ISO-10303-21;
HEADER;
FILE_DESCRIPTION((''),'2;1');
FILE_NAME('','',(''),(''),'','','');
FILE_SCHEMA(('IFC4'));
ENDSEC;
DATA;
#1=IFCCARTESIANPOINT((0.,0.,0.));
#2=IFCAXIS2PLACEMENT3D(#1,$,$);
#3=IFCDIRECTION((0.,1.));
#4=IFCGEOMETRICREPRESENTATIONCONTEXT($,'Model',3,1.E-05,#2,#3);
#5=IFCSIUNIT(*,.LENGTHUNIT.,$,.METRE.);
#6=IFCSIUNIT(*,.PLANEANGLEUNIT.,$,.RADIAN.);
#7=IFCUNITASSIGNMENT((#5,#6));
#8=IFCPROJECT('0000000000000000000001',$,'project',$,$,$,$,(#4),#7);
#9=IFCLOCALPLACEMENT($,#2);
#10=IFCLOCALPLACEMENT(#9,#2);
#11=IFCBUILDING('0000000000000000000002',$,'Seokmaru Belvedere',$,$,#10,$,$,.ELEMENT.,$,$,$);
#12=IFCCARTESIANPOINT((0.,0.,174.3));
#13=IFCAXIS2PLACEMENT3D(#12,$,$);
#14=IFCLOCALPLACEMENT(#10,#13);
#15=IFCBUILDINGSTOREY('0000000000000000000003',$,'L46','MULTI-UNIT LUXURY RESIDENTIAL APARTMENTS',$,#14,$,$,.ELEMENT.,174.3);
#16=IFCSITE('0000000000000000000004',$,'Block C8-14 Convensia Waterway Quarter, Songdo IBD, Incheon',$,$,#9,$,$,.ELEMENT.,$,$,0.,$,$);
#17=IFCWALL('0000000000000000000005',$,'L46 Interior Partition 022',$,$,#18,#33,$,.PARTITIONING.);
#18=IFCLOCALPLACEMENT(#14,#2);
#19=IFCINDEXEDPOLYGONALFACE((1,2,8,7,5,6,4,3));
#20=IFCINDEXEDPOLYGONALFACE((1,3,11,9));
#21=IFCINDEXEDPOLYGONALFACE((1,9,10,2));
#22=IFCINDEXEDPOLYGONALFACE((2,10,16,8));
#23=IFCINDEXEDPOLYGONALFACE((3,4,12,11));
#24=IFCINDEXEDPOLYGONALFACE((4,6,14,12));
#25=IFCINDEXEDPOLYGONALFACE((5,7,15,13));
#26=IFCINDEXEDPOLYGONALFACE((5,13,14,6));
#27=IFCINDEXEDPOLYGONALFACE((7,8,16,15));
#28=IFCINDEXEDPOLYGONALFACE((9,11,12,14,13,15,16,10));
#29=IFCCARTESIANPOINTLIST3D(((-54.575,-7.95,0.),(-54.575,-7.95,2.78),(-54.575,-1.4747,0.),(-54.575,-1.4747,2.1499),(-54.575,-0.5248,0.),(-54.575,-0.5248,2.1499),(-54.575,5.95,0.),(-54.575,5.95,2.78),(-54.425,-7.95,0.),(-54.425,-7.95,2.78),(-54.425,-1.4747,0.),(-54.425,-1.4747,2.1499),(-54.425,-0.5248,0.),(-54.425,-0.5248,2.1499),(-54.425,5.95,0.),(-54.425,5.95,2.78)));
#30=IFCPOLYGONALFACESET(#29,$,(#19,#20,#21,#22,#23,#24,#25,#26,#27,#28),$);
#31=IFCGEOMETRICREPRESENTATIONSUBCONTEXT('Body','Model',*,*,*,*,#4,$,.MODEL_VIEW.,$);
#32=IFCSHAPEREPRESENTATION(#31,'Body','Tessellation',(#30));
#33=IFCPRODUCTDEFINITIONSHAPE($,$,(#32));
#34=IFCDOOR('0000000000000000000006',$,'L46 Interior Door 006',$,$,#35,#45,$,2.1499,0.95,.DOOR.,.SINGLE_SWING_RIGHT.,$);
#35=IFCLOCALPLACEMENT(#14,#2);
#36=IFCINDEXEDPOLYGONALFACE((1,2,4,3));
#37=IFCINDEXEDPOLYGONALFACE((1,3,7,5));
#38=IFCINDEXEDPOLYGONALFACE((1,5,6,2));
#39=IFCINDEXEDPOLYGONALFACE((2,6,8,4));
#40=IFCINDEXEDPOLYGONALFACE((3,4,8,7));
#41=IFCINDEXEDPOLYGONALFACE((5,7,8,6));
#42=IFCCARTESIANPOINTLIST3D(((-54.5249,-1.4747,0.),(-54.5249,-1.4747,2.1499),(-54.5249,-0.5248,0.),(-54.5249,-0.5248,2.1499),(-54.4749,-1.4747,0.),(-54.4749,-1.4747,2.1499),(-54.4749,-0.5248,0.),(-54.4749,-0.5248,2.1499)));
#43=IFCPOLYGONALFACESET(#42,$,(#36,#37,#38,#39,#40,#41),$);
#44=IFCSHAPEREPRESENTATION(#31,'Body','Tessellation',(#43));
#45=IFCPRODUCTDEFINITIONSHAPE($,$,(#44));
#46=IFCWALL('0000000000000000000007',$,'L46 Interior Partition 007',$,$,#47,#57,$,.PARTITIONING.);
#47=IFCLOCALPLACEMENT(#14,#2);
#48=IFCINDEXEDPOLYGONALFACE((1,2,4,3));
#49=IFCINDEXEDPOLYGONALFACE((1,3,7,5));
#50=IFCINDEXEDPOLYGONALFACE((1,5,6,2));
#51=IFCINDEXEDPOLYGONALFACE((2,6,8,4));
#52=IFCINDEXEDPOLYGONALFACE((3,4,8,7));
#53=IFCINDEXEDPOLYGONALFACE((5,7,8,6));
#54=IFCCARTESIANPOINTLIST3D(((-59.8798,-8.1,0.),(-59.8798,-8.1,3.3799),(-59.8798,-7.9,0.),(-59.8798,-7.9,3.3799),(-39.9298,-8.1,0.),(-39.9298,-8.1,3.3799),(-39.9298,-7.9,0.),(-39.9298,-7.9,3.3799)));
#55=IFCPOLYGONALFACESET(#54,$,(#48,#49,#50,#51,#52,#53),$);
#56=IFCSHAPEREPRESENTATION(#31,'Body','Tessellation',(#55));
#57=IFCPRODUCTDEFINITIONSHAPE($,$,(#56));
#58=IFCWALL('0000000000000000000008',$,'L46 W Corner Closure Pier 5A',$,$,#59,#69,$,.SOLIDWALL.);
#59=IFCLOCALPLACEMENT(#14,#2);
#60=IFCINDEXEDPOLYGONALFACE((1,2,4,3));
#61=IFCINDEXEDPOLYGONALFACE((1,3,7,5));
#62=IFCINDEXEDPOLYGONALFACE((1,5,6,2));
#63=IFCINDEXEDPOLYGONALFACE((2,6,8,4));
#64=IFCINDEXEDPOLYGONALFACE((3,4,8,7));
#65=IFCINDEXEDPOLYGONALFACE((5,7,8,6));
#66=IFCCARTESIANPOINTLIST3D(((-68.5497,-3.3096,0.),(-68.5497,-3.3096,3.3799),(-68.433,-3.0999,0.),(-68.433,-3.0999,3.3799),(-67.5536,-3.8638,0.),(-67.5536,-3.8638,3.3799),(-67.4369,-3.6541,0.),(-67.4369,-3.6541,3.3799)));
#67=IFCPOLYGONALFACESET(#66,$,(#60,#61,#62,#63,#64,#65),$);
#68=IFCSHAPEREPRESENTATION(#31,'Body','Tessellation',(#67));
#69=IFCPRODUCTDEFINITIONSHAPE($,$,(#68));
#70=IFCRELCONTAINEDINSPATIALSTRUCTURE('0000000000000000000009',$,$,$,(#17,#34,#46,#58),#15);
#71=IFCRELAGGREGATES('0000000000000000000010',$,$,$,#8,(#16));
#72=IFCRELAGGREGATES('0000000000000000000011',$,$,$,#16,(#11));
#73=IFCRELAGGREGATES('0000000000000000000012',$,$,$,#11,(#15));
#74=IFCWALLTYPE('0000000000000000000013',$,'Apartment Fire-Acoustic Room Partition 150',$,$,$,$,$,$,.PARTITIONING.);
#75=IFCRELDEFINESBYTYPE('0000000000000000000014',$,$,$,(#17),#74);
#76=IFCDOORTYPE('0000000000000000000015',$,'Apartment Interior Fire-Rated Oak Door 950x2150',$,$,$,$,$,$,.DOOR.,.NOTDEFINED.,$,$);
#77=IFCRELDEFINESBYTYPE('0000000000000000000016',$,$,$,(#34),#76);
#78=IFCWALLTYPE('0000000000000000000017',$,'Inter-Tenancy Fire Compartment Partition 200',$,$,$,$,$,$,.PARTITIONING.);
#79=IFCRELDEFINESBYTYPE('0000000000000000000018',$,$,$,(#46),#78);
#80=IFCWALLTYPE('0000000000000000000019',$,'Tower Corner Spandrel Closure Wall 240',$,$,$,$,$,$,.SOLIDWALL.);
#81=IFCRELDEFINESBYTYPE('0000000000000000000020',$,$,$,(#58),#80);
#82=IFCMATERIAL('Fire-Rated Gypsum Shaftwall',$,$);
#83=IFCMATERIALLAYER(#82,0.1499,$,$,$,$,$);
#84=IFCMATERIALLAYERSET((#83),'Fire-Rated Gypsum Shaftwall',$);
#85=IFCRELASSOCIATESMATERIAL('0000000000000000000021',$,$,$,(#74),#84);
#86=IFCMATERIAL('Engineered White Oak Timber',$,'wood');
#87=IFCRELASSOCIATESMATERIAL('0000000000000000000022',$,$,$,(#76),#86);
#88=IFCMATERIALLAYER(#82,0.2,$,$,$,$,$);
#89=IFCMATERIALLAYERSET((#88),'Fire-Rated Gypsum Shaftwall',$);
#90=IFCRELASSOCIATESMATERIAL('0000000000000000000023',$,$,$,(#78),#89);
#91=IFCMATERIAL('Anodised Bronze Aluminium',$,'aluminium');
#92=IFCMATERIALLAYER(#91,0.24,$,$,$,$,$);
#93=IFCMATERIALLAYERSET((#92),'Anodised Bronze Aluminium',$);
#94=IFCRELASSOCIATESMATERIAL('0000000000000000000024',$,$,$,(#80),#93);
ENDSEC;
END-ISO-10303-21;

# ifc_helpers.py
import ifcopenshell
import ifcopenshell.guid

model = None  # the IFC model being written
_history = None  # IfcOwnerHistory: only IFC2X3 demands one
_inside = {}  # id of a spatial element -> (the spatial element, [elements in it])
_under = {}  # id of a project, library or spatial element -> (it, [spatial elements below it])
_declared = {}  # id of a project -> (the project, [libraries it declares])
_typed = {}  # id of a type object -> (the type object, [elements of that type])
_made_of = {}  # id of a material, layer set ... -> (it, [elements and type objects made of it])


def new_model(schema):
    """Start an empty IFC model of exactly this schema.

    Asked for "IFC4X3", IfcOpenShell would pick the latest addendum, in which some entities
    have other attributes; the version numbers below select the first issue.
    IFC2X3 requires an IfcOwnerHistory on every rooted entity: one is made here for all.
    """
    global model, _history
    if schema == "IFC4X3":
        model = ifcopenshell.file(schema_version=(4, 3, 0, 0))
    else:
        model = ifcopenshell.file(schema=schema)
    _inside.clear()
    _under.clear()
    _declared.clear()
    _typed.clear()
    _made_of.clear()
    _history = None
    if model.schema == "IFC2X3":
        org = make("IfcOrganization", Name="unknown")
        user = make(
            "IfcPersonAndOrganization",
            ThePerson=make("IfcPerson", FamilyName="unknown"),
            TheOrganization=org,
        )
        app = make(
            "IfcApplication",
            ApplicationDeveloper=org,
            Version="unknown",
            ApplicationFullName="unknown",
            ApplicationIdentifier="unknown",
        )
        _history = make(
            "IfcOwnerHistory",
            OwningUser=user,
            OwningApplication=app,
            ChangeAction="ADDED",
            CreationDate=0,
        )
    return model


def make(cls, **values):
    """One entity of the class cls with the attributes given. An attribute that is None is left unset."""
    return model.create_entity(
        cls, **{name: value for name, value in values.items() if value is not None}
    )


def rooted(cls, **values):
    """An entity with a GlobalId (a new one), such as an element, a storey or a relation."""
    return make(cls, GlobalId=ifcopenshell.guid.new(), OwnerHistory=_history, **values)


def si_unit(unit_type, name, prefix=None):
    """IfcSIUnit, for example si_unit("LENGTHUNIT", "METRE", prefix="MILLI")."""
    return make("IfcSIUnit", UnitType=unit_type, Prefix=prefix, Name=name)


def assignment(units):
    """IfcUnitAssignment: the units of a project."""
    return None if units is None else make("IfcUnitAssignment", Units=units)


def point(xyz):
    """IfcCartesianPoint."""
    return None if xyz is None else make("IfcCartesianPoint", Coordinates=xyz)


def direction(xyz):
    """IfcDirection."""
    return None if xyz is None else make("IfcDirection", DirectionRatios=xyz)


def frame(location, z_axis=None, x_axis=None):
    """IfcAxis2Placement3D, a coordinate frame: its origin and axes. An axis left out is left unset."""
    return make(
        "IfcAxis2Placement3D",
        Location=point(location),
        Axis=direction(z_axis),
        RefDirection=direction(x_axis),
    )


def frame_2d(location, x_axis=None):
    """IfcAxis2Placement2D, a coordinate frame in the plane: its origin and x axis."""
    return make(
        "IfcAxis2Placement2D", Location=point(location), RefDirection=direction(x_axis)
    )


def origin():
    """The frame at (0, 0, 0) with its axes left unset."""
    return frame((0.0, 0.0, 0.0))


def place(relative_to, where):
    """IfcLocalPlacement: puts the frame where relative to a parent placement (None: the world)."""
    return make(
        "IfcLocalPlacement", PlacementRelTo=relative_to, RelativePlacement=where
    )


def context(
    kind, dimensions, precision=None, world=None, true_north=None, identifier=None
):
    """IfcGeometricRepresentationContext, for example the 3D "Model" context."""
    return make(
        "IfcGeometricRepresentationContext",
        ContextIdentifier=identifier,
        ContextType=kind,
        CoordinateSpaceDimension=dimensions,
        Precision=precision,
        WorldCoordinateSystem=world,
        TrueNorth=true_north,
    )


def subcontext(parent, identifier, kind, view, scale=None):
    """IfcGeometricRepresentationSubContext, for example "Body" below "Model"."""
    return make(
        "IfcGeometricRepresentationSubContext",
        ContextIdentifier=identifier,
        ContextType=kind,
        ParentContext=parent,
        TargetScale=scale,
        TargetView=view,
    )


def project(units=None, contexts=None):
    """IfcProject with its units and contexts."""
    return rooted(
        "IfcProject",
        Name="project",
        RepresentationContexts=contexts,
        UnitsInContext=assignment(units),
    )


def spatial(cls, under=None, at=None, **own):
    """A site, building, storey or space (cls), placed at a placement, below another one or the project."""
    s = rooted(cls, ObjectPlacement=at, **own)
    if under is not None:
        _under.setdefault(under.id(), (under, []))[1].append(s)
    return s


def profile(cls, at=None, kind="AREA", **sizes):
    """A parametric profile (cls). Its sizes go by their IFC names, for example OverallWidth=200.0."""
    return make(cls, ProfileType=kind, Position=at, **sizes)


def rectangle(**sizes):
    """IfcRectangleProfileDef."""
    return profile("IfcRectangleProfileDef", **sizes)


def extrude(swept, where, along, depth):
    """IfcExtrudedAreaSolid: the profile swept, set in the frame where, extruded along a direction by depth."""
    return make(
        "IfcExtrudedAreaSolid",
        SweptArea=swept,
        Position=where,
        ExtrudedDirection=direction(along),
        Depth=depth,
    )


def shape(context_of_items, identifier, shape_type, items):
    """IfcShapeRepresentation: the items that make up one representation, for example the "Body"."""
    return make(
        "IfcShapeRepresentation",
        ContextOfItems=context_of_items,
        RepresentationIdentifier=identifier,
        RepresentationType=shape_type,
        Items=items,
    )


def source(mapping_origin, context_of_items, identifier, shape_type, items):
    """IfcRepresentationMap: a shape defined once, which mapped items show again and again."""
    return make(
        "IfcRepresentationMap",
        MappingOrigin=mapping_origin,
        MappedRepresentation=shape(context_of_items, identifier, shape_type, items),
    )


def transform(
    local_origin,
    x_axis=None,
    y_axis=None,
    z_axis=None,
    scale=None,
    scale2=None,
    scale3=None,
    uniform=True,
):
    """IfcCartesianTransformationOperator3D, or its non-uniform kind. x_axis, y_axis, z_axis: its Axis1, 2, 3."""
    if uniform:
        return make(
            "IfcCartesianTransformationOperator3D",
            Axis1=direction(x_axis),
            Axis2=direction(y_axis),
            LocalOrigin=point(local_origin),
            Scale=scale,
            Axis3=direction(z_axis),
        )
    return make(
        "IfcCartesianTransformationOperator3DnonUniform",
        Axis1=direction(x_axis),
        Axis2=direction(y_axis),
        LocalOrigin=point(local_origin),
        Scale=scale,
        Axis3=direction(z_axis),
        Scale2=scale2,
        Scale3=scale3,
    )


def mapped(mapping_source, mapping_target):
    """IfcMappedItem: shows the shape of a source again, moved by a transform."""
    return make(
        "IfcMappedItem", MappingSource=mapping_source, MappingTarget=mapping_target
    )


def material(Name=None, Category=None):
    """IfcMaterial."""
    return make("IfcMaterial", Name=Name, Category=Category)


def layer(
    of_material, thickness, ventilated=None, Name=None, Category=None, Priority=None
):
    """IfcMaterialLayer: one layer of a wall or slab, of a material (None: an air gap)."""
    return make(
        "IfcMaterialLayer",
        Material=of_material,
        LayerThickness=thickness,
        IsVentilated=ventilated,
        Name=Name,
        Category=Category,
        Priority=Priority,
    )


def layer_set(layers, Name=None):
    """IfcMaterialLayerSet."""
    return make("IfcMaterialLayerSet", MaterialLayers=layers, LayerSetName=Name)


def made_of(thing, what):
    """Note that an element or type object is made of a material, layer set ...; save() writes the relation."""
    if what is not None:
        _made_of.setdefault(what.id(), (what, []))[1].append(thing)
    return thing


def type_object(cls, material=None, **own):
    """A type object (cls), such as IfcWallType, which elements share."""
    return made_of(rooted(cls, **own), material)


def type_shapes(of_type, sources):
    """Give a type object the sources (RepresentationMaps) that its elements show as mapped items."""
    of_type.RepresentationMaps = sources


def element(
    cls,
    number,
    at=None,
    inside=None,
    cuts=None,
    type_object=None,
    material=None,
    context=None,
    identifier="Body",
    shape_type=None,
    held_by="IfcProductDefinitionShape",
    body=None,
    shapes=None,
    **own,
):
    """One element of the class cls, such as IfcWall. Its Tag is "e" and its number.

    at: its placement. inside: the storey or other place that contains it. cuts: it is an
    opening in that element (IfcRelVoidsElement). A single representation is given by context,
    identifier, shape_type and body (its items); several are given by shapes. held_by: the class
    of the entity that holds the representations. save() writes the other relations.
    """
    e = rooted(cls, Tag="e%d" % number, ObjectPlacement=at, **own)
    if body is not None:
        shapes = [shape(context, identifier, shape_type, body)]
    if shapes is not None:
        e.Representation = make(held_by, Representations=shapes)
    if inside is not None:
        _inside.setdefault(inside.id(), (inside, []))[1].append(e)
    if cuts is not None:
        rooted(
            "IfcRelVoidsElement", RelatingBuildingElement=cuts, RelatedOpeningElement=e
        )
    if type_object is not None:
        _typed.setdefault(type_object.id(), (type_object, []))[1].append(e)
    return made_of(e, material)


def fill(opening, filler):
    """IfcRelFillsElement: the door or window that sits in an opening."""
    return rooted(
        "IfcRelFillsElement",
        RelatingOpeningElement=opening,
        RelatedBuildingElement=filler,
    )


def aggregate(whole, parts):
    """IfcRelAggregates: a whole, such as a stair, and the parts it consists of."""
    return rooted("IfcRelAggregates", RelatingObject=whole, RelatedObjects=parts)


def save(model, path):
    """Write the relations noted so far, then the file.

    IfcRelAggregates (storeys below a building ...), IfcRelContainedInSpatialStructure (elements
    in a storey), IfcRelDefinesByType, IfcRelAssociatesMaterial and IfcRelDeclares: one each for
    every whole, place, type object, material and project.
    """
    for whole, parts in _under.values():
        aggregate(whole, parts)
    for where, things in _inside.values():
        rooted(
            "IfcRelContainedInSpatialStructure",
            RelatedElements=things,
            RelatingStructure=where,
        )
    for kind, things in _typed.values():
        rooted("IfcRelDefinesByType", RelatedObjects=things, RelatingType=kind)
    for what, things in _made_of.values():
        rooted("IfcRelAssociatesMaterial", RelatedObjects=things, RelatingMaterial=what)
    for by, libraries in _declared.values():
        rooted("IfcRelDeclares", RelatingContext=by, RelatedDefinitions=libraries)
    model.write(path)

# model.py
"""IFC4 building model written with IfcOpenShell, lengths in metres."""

from ifc_helpers import new_model, si_unit, direction, frame, frame_2d, origin, place, context, subcontext, project, spatial, rectangle, extrude, source, transform, mapped, material, layer, layer_set, type_object, type_shapes, element, fill, save


model = new_model("IFC4")

# Units and contexts
model_context = context("Model", 3, precision=1e-05, world=origin(), true_north=direction((0.0, 1.0)))
body_context = subcontext(model_context, "Body", "Model", "MODEL_VIEW")
ifc_project = project(units=[si_unit("LENGTHUNIT", "METRE"), si_unit("PLANEANGLEUNIT", "RADIAN")], contexts=[model_context])

# Site, building, storey
site_placement = place(None, origin())
site = spatial("IfcSite", under=ifc_project, at=site_placement, Name="Block C8-14 Convensia Waterway Quarter, Songdo IBD, Incheon", CompositionType="ELEMENT", RefElevation=0.0)
building_placement = place(site_placement, origin())
building = spatial("IfcBuilding", under=site, at=building_placement, Name="Seokmaru Belvedere", CompositionType="ELEMENT")
storey_placement = place(building_placement, frame((0.0, 0.0, 174.3)))
storey = spatial("IfcBuildingStorey", under=building, at=storey_placement, Name="L46", Description="MULTI-UNIT LUXURY RESIDENTIAL APARTMENTS", CompositionType="ELEMENT", Elevation=174.3)

# Shared definitions
ifc_material_1 = material(Name="Anodised Bronze Aluminium", Category="aluminium")

# Shared definitions
ifc_material_2 = material(Name="Fire-Rated Gypsum Shaftwall")
ifc_layer_1 = layer(ifc_material_2, 0.1499)
ifc_layer_set_1 = layer_set([ifc_layer_1], Name="Fire-Rated Gypsum Shaftwall")
wall_type_1 = type_object("IfcWallType", Name="Apartment Fire-Acoustic Room Partition 150", PredefinedType="PARTITIONING", material=ifc_layer_set_1)
ifc_material_3 = material(Name="Engineered White Oak Timber", Category="wood")
door_type = type_object("IfcDoorType", Name="Apartment Interior Fire-Rated Oak Door 950x2150", OperationType="NOTDEFINED", PredefinedType="DOOR", material=ifc_material_3)
shared_shape_1 = source(origin(), body_context, "Body", "SweptSolid", [
    extrude(rectangle(XDim=0.95, YDim=2.1499, at=frame_2d((0.4751, 1.075))), frame((0.0, 0.0249, 0.0), z_axis=(0.0, -1.0, 0.0), x_axis=(1.0, 0.0, 0.0)), (0.0, 0.0, 1.0), 0.05),
])
type_shapes(door_type, [shared_shape_1])

# Wall, opening, door
wall_1_placement = place(storey_placement, frame((-54.5, -7.95, 0.0), z_axis=(0.0, 0.0, 1.0), x_axis=(0.0, 1.0, 0.0)))
wall_1 = element("IfcWall", 1, at=wall_1_placement, inside=storey, type_object=wall_type_1, Name="L46 Interior Partition 022", PredefinedType="PARTITIONING", context=body_context, shape_type="SweptSolid", body=[
    extrude(rectangle(XDim=13.8999, YDim=0.1499, at=frame_2d((6.95, 0.0))), origin(), (0.0, 0.0, 1.0), 2.78),
])
opening_1_placement = place(wall_1_placement, frame((6.4751, 0.0, 0.0)))
opening_1 = element("IfcOpeningElement", 2, at=opening_1_placement, cuts=wall_1, PredefinedType="OPENING", context=body_context, shape_type="SweptSolid", body=[
    extrude(rectangle(XDim=0.95, YDim=2.1499, at=frame_2d((0.4751, 1.075))), frame((0.0, 0.085, 0.0), z_axis=(0.0, -1.0, 0.0), x_axis=(1.0, 0.0, 0.0)), (0.0, 0.0, 1.0), 0.1699),
])
door_1_placement = place(opening_1_placement, origin())
door_1 = element("IfcDoor", 3, at=door_1_placement, inside=storey, type_object=door_type, Name="L46 Interior Door 006", OperationType="SINGLE_SWING_RIGHT", OverallHeight=2.1499, OverallWidth=0.95, PredefinedType="DOOR", context=body_context, shape_type="MappedRepresentation", body=[
    mapped(shared_shape_1, transform((0.0, 0.0, 0.0), scale=1.0)),
])
fill(opening_1, door_1)

# Walls
ifc_layer_2 = layer(ifc_material_2, 0.2)
ifc_layer_set_2 = layer_set([ifc_layer_2], Name="Fire-Rated Gypsum Shaftwall")
wall_type_2 = type_object("IfcWallType", Name="Inter-Tenancy Fire Compartment Partition 200", PredefinedType="PARTITIONING", material=ifc_layer_set_2)
wall_2_placement = place(storey_placement, frame((-59.8799, -8.0, 0.0), z_axis=(0.0, 0.0, 1.0), x_axis=(1.0, 0.0, 0.0)))
element("IfcWall", 4, at=wall_2_placement, inside=storey, type_object=wall_type_2, Name="L46 Interior Partition 007", PredefinedType="PARTITIONING", context=body_context, shape_type="SweptSolid", body=[
    extrude(rectangle(XDim=19.95, YDim=0.2, at=frame_2d((9.9751, 0.0))), origin(), (0.0, 0.0, 1.0), 3.3799),
])
ifc_layer_3 = layer(ifc_material_1, 0.24)
ifc_layer_set_3 = layer_set([ifc_layer_3], Name="Anodised Bronze Aluminium")
wall_type_3 = type_object("IfcWallType", Name="Tower Corner Spandrel Closure Wall 240", PredefinedType="SOLIDWALL", material=ifc_layer_set_3)
wall_3_placement = place(storey_placement, frame((-68.4912, -3.2048, 0.0), z_axis=(0.0, 0.0, 1.0), x_axis=(0.873854, -0.486188, 0.0)))
element("IfcWall", 5, at=wall_3_placement, inside=storey, type_object=wall_type_3, Name="L46 W Corner Closure Pier 5A", PredefinedType="SOLIDWALL", context=body_context, shape_type="SweptSolid", body=[
    extrude(rectangle(XDim=1.1399, YDim=0.24, at=frame_2d((0.5698, 0.0))), origin(), (0.0, 0.0, 1.0), 3.3799),
])

save(model, "model.ifc")
